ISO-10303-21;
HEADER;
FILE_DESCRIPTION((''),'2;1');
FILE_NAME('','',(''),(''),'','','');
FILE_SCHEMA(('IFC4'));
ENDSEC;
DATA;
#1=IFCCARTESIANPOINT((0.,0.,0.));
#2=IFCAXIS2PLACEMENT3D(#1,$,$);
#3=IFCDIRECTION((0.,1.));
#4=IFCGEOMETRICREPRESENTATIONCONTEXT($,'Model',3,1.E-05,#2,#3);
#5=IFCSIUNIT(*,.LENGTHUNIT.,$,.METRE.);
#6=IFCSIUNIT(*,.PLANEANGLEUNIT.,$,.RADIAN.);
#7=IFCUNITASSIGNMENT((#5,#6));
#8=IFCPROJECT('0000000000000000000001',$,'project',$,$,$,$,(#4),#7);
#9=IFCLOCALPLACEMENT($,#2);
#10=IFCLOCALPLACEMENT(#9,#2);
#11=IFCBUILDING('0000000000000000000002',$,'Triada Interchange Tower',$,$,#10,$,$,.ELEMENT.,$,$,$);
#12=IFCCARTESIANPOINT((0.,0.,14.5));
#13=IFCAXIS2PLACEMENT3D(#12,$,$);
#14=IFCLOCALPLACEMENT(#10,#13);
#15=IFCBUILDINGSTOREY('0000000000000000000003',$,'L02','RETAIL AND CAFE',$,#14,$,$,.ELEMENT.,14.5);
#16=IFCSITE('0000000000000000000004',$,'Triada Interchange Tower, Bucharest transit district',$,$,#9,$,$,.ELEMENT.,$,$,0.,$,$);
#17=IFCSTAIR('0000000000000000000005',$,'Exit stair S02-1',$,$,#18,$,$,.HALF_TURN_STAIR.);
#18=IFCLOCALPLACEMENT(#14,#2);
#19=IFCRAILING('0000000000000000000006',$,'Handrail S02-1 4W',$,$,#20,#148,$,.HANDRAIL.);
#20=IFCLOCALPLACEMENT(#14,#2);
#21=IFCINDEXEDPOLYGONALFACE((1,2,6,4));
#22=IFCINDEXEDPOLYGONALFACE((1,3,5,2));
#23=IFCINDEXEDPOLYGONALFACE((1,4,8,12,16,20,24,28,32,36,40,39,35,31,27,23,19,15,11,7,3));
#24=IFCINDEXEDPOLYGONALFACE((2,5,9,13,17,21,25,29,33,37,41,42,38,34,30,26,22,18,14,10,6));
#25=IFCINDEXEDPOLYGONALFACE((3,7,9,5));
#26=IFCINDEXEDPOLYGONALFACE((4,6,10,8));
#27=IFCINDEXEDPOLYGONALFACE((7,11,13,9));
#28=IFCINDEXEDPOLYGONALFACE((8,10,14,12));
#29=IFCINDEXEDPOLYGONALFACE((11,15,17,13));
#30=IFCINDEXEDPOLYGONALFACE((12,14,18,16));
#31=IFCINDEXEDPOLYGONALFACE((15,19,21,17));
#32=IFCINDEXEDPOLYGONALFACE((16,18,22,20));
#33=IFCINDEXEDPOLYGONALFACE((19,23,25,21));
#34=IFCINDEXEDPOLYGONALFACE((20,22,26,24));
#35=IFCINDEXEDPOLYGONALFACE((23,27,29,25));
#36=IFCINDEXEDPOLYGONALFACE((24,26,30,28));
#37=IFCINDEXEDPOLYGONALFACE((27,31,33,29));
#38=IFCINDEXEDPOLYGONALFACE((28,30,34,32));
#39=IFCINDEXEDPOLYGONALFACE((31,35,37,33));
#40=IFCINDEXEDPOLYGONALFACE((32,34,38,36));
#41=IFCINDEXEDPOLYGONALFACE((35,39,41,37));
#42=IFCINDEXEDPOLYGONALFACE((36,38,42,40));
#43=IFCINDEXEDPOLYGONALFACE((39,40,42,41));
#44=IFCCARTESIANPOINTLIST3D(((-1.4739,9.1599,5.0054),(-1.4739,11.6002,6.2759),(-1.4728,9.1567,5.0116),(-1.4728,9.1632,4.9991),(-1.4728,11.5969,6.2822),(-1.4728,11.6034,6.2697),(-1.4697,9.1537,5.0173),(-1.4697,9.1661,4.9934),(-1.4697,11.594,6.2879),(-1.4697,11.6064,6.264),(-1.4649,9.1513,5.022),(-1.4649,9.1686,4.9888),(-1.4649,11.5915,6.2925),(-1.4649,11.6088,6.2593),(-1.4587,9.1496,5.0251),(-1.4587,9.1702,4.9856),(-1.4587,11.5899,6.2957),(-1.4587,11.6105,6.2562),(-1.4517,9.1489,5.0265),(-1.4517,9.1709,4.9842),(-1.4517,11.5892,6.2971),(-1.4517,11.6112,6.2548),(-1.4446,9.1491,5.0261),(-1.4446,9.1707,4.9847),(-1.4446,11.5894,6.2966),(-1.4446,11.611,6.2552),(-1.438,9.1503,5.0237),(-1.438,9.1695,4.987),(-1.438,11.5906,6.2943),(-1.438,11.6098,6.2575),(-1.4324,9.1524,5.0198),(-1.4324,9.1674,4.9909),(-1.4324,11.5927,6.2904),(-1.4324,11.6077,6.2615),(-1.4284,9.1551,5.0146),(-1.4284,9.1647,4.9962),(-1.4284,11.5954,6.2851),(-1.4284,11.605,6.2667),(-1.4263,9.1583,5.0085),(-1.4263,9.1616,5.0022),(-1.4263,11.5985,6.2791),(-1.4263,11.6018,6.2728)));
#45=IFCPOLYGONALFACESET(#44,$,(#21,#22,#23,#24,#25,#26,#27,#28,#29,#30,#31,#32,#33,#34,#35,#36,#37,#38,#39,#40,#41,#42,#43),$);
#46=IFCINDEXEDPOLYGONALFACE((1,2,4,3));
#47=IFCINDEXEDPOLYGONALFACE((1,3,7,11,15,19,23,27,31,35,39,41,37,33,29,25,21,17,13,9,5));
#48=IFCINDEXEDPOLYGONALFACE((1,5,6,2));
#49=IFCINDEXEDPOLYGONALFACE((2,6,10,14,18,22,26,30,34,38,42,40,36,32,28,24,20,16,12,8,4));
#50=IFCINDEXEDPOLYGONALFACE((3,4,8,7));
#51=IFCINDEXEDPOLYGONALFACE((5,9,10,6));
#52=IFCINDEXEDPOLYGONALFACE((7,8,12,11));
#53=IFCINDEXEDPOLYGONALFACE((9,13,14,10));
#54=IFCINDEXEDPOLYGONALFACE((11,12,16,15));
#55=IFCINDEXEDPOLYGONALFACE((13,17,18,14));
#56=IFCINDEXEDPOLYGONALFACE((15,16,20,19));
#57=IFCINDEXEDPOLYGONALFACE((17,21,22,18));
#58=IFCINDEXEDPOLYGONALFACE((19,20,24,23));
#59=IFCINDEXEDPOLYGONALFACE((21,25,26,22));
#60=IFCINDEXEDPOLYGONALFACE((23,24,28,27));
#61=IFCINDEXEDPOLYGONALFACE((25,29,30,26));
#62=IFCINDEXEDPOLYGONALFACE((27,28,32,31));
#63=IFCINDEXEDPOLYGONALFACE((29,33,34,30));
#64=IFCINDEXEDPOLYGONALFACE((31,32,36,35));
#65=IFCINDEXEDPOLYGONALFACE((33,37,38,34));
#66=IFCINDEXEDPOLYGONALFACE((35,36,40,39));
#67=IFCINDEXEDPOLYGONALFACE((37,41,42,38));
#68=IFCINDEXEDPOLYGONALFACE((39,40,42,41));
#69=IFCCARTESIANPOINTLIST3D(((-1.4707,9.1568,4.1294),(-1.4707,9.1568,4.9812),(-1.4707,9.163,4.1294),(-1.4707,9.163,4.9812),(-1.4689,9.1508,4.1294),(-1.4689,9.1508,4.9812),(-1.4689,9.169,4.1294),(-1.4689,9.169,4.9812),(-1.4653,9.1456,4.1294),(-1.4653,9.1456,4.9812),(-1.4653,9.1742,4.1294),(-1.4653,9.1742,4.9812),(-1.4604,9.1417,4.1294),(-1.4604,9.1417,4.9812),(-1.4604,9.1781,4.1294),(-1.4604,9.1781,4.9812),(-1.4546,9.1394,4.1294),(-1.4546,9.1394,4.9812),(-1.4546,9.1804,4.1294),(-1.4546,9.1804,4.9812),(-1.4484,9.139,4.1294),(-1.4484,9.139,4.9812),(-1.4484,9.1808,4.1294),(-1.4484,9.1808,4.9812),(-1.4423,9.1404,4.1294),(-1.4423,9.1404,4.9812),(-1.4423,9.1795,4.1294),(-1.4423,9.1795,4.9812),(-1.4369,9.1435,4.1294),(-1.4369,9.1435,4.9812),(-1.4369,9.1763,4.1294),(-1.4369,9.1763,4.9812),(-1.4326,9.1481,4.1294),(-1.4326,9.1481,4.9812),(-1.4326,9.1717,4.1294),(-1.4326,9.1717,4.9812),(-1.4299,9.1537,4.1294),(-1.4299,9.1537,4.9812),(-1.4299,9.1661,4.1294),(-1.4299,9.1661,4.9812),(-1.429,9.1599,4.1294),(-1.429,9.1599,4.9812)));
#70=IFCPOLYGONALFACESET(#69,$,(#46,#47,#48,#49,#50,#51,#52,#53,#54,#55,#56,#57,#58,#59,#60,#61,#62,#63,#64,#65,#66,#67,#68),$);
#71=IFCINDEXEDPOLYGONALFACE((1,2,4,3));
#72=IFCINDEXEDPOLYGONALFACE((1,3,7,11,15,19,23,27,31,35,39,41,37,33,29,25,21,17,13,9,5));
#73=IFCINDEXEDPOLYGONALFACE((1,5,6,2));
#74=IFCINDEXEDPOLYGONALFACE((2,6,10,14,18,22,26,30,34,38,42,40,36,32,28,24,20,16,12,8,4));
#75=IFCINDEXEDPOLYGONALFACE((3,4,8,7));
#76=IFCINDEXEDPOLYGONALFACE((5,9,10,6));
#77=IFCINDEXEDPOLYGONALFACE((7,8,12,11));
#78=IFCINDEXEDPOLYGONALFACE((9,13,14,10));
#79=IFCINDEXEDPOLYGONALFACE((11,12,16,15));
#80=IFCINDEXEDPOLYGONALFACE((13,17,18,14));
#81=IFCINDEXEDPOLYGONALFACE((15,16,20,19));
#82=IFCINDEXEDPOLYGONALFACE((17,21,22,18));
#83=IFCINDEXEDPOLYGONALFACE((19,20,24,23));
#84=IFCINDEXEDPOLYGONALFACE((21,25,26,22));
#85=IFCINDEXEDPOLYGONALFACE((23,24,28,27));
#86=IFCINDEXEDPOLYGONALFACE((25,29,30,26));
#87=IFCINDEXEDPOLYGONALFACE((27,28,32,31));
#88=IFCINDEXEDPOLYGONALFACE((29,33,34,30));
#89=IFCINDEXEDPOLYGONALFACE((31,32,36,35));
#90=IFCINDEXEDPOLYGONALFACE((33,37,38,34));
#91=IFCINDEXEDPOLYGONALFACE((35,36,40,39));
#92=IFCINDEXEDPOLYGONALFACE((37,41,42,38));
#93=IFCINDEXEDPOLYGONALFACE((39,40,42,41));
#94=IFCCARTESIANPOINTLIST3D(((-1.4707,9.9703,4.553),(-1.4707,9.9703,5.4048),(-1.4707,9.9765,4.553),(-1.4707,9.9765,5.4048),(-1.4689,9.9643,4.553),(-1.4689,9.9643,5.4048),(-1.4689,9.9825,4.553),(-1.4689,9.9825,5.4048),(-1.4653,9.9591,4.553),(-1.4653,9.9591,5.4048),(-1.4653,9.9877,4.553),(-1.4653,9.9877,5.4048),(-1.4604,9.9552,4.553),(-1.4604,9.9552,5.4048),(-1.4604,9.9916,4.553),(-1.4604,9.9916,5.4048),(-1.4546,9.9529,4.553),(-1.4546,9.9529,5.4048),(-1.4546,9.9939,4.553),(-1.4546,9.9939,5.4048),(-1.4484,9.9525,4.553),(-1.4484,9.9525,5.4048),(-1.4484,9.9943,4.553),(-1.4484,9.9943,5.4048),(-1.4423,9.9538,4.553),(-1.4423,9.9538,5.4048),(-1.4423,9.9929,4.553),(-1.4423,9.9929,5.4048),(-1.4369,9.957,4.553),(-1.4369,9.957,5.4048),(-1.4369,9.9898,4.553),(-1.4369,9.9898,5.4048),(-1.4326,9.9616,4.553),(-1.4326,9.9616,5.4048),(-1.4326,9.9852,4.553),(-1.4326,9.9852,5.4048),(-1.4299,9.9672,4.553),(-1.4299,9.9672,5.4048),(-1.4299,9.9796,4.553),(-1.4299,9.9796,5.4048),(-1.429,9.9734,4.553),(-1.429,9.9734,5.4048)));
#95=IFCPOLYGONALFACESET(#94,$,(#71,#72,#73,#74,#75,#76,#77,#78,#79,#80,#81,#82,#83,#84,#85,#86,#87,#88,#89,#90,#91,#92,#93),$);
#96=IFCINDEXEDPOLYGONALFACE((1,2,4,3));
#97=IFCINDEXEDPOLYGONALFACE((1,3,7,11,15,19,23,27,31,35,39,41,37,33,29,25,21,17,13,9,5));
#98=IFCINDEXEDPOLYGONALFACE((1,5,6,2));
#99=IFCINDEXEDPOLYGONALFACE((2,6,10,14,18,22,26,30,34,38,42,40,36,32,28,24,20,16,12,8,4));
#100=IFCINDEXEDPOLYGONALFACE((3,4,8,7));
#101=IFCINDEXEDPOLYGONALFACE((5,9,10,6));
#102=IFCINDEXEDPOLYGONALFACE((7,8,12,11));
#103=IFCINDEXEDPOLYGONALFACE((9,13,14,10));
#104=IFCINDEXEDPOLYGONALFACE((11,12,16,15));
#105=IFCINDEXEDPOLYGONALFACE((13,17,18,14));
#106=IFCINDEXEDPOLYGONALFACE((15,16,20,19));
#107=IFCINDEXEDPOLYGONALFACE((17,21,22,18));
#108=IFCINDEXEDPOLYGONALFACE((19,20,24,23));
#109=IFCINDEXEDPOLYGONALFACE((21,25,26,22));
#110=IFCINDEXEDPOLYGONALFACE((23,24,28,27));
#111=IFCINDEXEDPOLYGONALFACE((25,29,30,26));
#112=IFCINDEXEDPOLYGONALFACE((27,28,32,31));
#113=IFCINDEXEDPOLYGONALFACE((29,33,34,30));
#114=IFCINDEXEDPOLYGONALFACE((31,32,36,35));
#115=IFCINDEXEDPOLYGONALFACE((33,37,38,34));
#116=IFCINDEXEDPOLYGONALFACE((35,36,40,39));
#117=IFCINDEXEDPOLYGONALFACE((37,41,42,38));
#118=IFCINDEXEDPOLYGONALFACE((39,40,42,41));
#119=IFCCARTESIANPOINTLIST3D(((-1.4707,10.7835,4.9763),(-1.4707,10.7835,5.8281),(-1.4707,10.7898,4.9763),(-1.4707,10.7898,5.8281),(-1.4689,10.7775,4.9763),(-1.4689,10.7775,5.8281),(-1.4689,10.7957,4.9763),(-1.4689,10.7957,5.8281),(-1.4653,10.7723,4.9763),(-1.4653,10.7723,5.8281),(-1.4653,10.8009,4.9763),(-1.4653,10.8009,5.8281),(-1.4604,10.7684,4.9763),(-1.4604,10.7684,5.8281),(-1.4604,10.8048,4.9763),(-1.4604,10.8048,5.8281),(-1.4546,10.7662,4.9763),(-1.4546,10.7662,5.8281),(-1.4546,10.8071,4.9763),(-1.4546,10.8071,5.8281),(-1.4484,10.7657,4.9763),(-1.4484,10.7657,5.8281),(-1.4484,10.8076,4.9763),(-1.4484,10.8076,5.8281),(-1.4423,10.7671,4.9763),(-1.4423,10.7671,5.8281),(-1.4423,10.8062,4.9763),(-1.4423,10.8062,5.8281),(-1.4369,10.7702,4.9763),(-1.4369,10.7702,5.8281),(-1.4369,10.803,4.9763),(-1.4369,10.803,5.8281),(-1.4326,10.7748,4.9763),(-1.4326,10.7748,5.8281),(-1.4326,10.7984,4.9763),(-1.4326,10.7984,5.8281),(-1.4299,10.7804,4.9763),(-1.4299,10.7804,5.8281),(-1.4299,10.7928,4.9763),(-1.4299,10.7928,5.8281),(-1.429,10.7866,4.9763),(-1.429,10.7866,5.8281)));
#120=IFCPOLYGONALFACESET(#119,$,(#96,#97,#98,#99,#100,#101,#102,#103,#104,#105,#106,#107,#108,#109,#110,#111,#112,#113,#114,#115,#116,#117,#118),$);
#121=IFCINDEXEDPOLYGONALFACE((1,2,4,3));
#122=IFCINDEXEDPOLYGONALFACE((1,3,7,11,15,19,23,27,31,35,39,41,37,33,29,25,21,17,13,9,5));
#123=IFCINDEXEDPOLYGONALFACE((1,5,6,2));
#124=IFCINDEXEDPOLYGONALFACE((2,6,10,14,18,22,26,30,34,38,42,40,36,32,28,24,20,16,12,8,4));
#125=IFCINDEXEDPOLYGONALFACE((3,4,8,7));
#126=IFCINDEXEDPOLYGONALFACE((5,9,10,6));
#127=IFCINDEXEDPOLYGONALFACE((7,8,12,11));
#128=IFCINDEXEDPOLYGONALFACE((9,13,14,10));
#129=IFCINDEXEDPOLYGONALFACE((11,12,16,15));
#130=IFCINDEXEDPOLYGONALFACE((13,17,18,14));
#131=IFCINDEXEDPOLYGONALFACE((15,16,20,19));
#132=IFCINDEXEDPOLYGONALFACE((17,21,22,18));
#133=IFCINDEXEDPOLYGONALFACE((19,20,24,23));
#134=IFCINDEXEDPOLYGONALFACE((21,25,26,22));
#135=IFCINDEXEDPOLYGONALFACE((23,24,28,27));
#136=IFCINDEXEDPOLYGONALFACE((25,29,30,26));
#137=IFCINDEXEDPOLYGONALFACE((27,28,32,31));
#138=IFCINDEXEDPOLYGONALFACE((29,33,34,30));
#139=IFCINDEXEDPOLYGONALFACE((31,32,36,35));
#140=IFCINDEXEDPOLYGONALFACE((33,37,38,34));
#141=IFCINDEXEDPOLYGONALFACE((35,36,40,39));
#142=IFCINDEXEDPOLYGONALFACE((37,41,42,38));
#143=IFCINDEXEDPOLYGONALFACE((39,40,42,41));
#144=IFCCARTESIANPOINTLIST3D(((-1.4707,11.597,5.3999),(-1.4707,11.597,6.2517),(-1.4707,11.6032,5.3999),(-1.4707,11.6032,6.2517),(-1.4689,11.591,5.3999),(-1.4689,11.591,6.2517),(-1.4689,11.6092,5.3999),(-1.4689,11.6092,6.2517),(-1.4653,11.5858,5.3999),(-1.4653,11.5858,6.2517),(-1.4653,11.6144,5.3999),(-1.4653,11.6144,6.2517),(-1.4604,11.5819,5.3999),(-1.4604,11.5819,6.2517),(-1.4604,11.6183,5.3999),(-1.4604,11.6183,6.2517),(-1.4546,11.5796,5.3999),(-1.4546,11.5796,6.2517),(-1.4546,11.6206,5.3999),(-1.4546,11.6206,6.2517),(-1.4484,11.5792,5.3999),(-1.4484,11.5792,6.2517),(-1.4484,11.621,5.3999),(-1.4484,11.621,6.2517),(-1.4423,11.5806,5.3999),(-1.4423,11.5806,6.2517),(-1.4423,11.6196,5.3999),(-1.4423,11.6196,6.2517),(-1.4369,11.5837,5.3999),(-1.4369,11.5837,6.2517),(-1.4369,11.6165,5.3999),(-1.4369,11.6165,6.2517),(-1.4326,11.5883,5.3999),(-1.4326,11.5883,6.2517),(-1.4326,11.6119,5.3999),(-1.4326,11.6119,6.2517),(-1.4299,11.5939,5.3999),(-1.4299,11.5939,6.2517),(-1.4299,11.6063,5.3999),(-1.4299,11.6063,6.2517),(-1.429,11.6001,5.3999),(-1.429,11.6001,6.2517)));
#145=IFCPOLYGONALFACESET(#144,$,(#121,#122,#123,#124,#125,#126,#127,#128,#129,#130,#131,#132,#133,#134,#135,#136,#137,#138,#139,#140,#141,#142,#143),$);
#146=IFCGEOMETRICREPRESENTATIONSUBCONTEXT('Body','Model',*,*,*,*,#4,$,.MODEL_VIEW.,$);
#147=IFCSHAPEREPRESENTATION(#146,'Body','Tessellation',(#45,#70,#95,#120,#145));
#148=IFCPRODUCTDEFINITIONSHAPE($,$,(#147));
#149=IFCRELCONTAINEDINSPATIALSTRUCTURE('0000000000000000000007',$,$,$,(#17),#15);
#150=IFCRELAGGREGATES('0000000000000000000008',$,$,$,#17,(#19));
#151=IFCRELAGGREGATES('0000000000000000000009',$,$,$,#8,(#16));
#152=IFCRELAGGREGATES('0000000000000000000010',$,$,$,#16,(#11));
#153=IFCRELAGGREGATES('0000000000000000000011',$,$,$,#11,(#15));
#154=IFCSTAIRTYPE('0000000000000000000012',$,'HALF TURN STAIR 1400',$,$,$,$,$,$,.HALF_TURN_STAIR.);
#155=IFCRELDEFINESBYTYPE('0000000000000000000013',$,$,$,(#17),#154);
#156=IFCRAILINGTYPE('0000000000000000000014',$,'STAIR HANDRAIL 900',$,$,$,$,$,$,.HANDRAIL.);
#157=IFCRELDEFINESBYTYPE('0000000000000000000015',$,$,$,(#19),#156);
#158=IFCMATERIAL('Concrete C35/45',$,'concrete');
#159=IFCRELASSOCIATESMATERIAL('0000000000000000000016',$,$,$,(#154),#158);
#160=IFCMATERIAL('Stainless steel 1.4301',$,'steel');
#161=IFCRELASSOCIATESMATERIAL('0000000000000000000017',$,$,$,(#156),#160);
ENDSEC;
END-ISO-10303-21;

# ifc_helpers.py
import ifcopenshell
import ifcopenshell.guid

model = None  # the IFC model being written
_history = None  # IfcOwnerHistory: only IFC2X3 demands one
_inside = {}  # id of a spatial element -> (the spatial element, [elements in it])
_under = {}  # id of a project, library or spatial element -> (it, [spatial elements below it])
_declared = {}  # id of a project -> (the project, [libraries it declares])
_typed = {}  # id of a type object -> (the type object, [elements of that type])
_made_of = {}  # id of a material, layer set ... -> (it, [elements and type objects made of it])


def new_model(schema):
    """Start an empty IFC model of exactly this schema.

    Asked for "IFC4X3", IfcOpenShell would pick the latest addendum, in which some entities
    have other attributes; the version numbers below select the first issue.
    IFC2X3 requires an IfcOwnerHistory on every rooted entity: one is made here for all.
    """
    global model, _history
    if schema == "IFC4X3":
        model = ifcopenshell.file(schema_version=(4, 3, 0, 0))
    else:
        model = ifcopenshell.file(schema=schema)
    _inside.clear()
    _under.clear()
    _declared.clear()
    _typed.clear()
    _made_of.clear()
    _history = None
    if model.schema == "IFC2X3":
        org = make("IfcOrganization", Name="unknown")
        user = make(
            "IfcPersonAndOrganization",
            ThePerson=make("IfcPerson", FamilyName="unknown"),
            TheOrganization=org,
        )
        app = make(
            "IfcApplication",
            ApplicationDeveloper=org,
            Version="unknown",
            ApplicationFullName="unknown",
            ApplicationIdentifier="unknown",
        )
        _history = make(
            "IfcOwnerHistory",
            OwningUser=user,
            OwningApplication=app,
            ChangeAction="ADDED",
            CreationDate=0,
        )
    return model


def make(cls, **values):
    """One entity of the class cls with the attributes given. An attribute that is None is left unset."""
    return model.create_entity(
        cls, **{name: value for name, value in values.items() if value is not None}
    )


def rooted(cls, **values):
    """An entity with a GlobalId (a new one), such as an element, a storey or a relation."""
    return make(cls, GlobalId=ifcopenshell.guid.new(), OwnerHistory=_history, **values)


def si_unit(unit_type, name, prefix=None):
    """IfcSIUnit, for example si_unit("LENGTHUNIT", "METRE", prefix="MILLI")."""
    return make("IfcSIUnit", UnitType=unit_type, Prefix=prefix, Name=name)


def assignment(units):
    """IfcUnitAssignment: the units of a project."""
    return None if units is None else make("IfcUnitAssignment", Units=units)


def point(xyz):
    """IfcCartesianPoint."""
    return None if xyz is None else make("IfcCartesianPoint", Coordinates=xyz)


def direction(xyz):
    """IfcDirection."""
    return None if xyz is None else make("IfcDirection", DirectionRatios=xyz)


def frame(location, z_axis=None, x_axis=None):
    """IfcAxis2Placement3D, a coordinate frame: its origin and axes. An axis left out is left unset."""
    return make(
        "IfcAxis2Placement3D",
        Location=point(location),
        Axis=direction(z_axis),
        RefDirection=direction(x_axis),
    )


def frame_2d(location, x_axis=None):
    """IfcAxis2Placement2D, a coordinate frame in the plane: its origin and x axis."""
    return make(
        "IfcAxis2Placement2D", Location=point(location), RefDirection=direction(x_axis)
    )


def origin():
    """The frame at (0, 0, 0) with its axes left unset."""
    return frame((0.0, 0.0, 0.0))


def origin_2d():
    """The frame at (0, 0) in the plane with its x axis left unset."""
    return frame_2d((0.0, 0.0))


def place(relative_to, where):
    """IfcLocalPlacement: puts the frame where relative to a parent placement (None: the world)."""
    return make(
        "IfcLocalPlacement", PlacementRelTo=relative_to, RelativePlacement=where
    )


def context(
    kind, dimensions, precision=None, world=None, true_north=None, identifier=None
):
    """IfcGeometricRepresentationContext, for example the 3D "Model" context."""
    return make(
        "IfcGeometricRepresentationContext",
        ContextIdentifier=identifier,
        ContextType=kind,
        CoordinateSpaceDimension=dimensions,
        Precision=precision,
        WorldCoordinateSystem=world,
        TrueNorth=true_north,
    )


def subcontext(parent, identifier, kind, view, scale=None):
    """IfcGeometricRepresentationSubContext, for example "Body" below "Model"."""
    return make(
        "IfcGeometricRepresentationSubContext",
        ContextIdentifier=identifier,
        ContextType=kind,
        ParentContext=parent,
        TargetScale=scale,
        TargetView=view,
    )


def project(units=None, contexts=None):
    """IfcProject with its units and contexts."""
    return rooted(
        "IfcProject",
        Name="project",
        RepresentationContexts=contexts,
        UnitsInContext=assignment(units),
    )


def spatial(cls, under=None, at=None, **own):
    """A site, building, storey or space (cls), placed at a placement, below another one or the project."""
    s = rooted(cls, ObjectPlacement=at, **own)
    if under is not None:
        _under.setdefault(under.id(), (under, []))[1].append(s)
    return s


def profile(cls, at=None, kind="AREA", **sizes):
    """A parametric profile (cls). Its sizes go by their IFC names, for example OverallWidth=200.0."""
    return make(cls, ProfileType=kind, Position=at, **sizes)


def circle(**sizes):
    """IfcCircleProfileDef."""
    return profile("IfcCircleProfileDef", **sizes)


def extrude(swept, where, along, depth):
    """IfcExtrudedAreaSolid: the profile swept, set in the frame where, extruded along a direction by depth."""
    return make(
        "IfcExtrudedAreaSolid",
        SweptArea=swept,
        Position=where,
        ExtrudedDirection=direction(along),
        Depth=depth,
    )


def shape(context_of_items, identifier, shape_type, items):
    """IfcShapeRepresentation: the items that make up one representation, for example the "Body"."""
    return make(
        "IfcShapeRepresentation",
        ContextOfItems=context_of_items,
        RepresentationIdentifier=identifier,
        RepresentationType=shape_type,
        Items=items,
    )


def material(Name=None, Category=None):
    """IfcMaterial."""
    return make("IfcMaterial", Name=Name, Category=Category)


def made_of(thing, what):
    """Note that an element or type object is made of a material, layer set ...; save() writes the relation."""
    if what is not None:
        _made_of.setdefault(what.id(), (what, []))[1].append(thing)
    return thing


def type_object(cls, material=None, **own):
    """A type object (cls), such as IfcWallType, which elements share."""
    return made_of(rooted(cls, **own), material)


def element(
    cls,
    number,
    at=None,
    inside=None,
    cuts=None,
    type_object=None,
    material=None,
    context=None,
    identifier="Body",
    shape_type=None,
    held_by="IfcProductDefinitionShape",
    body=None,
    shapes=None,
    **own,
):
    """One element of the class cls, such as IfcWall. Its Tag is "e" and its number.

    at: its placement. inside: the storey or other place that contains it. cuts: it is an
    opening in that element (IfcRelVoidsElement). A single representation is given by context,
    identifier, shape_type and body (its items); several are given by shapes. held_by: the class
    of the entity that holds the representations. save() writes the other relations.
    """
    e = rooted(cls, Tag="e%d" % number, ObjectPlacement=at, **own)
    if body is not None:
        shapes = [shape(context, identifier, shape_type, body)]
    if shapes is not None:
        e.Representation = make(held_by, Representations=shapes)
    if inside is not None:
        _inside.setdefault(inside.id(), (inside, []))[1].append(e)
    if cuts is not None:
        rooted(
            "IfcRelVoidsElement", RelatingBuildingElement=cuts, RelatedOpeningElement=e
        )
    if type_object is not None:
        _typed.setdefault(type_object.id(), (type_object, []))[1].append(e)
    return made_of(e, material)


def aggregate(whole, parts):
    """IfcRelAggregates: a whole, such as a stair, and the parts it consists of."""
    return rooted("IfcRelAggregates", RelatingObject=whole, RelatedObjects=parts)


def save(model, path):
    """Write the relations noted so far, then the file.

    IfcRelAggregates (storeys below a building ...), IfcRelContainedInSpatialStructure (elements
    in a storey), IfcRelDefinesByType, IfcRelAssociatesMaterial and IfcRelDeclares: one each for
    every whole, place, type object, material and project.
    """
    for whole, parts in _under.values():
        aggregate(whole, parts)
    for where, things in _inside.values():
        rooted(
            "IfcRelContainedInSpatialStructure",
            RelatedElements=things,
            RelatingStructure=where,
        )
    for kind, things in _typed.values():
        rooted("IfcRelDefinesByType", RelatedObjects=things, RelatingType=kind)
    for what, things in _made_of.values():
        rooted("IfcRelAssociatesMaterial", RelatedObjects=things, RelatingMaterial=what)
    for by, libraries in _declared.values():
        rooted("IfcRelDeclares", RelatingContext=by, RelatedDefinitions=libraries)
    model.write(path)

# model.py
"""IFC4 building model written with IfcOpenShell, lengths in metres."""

from ifc_helpers import new_model, si_unit, direction, frame, origin, origin_2d, place, context, subcontext, project, spatial, circle, extrude, material, type_object, element, aggregate, save


model = new_model("IFC4")

# Units and contexts
model_context = context("Model", 3, precision=1e-05, world=origin(), true_north=direction((0.0, 1.0)))
body_context = subcontext(model_context, "Body", "Model", "MODEL_VIEW")
ifc_project = project(units=[si_unit("LENGTHUNIT", "METRE"), si_unit("PLANEANGLEUNIT", "RADIAN")], contexts=[model_context])

# Site, building, storey
site_placement = place(None, origin())
site = spatial("IfcSite", under=ifc_project, at=site_placement, Name="Triada Interchange Tower, Bucharest transit district", CompositionType="ELEMENT", RefElevation=0.0)
building_placement = place(site_placement, origin())
building = spatial("IfcBuilding", under=site, at=building_placement, Name="Triada Interchange Tower", CompositionType="ELEMENT")
storey_placement = place(building_placement, frame((0.0, 0.0, 14.5)))
storey = spatial("IfcBuildingStorey", under=building, at=storey_placement, Name="L02", Description="RETAIL AND CAFE", CompositionType="ELEMENT", Elevation=14.5)

# Stair, railing
ifc_material_1 = material(Name="Concrete C35/45", Category="concrete")
stair_type = type_object("IfcStairType", Name="HALF TURN STAIR 1400", PredefinedType="HALF_TURN_STAIR", material=ifc_material_1)
stair_placement = place(storey_placement, origin())
stair = element("IfcStair", 1, at=stair_placement, inside=storey, type_object=stair_type, Name="Exit stair S02-1", PredefinedType="HALF_TURN_STAIR")
ifc_material_2 = material(Name="Stainless steel 1.4301", Category="steel")
railing_type = type_object("IfcRailingType", Name="STAIR HANDRAIL 900", PredefinedType="HANDRAIL", material=ifc_material_2)
railing_1_placement = place(storey_placement, frame((-1.45, 9.1599, 4.1294)))
railing_1 = element("IfcRailing", 2, at=railing_1_placement, type_object=railing_type, Name="Handrail S02-1 4W", PredefinedType="HANDRAIL", context=body_context, shape_type="SweptSolid", body=[
    extrude(circle(Radius=0.0239, at=origin_2d()), frame((0.0, 0.0, 0.876), z_axis=(0.0, 0.886977, 0.461814), x_axis=(-1.0, 0.0, 0.0)), (0.0, 0.0, 1.0), 2.7512),
    extrude(circle(Radius=0.021, at=origin_2d()), origin(), (0.0, 0.0, 1.0), 0.8518),
    extrude(circle(Radius=0.021, at=origin_2d()), frame((0.0, 0.8135, 0.4236)), (0.0, 0.0, 1.0), 0.8518),
    extrude(circle(Radius=0.021, at=origin_2d()), frame((0.0, 1.6267, 0.8469)), (0.0, 0.0, 1.0), 0.8518),
    extrude(circle(Radius=0.021, at=origin_2d()), frame((0.0, 2.4402, 1.2705)), (0.0, 0.0, 1.0), 0.8518),
])
aggregate(stair, [railing_1])

save(model, "model.ifc")
